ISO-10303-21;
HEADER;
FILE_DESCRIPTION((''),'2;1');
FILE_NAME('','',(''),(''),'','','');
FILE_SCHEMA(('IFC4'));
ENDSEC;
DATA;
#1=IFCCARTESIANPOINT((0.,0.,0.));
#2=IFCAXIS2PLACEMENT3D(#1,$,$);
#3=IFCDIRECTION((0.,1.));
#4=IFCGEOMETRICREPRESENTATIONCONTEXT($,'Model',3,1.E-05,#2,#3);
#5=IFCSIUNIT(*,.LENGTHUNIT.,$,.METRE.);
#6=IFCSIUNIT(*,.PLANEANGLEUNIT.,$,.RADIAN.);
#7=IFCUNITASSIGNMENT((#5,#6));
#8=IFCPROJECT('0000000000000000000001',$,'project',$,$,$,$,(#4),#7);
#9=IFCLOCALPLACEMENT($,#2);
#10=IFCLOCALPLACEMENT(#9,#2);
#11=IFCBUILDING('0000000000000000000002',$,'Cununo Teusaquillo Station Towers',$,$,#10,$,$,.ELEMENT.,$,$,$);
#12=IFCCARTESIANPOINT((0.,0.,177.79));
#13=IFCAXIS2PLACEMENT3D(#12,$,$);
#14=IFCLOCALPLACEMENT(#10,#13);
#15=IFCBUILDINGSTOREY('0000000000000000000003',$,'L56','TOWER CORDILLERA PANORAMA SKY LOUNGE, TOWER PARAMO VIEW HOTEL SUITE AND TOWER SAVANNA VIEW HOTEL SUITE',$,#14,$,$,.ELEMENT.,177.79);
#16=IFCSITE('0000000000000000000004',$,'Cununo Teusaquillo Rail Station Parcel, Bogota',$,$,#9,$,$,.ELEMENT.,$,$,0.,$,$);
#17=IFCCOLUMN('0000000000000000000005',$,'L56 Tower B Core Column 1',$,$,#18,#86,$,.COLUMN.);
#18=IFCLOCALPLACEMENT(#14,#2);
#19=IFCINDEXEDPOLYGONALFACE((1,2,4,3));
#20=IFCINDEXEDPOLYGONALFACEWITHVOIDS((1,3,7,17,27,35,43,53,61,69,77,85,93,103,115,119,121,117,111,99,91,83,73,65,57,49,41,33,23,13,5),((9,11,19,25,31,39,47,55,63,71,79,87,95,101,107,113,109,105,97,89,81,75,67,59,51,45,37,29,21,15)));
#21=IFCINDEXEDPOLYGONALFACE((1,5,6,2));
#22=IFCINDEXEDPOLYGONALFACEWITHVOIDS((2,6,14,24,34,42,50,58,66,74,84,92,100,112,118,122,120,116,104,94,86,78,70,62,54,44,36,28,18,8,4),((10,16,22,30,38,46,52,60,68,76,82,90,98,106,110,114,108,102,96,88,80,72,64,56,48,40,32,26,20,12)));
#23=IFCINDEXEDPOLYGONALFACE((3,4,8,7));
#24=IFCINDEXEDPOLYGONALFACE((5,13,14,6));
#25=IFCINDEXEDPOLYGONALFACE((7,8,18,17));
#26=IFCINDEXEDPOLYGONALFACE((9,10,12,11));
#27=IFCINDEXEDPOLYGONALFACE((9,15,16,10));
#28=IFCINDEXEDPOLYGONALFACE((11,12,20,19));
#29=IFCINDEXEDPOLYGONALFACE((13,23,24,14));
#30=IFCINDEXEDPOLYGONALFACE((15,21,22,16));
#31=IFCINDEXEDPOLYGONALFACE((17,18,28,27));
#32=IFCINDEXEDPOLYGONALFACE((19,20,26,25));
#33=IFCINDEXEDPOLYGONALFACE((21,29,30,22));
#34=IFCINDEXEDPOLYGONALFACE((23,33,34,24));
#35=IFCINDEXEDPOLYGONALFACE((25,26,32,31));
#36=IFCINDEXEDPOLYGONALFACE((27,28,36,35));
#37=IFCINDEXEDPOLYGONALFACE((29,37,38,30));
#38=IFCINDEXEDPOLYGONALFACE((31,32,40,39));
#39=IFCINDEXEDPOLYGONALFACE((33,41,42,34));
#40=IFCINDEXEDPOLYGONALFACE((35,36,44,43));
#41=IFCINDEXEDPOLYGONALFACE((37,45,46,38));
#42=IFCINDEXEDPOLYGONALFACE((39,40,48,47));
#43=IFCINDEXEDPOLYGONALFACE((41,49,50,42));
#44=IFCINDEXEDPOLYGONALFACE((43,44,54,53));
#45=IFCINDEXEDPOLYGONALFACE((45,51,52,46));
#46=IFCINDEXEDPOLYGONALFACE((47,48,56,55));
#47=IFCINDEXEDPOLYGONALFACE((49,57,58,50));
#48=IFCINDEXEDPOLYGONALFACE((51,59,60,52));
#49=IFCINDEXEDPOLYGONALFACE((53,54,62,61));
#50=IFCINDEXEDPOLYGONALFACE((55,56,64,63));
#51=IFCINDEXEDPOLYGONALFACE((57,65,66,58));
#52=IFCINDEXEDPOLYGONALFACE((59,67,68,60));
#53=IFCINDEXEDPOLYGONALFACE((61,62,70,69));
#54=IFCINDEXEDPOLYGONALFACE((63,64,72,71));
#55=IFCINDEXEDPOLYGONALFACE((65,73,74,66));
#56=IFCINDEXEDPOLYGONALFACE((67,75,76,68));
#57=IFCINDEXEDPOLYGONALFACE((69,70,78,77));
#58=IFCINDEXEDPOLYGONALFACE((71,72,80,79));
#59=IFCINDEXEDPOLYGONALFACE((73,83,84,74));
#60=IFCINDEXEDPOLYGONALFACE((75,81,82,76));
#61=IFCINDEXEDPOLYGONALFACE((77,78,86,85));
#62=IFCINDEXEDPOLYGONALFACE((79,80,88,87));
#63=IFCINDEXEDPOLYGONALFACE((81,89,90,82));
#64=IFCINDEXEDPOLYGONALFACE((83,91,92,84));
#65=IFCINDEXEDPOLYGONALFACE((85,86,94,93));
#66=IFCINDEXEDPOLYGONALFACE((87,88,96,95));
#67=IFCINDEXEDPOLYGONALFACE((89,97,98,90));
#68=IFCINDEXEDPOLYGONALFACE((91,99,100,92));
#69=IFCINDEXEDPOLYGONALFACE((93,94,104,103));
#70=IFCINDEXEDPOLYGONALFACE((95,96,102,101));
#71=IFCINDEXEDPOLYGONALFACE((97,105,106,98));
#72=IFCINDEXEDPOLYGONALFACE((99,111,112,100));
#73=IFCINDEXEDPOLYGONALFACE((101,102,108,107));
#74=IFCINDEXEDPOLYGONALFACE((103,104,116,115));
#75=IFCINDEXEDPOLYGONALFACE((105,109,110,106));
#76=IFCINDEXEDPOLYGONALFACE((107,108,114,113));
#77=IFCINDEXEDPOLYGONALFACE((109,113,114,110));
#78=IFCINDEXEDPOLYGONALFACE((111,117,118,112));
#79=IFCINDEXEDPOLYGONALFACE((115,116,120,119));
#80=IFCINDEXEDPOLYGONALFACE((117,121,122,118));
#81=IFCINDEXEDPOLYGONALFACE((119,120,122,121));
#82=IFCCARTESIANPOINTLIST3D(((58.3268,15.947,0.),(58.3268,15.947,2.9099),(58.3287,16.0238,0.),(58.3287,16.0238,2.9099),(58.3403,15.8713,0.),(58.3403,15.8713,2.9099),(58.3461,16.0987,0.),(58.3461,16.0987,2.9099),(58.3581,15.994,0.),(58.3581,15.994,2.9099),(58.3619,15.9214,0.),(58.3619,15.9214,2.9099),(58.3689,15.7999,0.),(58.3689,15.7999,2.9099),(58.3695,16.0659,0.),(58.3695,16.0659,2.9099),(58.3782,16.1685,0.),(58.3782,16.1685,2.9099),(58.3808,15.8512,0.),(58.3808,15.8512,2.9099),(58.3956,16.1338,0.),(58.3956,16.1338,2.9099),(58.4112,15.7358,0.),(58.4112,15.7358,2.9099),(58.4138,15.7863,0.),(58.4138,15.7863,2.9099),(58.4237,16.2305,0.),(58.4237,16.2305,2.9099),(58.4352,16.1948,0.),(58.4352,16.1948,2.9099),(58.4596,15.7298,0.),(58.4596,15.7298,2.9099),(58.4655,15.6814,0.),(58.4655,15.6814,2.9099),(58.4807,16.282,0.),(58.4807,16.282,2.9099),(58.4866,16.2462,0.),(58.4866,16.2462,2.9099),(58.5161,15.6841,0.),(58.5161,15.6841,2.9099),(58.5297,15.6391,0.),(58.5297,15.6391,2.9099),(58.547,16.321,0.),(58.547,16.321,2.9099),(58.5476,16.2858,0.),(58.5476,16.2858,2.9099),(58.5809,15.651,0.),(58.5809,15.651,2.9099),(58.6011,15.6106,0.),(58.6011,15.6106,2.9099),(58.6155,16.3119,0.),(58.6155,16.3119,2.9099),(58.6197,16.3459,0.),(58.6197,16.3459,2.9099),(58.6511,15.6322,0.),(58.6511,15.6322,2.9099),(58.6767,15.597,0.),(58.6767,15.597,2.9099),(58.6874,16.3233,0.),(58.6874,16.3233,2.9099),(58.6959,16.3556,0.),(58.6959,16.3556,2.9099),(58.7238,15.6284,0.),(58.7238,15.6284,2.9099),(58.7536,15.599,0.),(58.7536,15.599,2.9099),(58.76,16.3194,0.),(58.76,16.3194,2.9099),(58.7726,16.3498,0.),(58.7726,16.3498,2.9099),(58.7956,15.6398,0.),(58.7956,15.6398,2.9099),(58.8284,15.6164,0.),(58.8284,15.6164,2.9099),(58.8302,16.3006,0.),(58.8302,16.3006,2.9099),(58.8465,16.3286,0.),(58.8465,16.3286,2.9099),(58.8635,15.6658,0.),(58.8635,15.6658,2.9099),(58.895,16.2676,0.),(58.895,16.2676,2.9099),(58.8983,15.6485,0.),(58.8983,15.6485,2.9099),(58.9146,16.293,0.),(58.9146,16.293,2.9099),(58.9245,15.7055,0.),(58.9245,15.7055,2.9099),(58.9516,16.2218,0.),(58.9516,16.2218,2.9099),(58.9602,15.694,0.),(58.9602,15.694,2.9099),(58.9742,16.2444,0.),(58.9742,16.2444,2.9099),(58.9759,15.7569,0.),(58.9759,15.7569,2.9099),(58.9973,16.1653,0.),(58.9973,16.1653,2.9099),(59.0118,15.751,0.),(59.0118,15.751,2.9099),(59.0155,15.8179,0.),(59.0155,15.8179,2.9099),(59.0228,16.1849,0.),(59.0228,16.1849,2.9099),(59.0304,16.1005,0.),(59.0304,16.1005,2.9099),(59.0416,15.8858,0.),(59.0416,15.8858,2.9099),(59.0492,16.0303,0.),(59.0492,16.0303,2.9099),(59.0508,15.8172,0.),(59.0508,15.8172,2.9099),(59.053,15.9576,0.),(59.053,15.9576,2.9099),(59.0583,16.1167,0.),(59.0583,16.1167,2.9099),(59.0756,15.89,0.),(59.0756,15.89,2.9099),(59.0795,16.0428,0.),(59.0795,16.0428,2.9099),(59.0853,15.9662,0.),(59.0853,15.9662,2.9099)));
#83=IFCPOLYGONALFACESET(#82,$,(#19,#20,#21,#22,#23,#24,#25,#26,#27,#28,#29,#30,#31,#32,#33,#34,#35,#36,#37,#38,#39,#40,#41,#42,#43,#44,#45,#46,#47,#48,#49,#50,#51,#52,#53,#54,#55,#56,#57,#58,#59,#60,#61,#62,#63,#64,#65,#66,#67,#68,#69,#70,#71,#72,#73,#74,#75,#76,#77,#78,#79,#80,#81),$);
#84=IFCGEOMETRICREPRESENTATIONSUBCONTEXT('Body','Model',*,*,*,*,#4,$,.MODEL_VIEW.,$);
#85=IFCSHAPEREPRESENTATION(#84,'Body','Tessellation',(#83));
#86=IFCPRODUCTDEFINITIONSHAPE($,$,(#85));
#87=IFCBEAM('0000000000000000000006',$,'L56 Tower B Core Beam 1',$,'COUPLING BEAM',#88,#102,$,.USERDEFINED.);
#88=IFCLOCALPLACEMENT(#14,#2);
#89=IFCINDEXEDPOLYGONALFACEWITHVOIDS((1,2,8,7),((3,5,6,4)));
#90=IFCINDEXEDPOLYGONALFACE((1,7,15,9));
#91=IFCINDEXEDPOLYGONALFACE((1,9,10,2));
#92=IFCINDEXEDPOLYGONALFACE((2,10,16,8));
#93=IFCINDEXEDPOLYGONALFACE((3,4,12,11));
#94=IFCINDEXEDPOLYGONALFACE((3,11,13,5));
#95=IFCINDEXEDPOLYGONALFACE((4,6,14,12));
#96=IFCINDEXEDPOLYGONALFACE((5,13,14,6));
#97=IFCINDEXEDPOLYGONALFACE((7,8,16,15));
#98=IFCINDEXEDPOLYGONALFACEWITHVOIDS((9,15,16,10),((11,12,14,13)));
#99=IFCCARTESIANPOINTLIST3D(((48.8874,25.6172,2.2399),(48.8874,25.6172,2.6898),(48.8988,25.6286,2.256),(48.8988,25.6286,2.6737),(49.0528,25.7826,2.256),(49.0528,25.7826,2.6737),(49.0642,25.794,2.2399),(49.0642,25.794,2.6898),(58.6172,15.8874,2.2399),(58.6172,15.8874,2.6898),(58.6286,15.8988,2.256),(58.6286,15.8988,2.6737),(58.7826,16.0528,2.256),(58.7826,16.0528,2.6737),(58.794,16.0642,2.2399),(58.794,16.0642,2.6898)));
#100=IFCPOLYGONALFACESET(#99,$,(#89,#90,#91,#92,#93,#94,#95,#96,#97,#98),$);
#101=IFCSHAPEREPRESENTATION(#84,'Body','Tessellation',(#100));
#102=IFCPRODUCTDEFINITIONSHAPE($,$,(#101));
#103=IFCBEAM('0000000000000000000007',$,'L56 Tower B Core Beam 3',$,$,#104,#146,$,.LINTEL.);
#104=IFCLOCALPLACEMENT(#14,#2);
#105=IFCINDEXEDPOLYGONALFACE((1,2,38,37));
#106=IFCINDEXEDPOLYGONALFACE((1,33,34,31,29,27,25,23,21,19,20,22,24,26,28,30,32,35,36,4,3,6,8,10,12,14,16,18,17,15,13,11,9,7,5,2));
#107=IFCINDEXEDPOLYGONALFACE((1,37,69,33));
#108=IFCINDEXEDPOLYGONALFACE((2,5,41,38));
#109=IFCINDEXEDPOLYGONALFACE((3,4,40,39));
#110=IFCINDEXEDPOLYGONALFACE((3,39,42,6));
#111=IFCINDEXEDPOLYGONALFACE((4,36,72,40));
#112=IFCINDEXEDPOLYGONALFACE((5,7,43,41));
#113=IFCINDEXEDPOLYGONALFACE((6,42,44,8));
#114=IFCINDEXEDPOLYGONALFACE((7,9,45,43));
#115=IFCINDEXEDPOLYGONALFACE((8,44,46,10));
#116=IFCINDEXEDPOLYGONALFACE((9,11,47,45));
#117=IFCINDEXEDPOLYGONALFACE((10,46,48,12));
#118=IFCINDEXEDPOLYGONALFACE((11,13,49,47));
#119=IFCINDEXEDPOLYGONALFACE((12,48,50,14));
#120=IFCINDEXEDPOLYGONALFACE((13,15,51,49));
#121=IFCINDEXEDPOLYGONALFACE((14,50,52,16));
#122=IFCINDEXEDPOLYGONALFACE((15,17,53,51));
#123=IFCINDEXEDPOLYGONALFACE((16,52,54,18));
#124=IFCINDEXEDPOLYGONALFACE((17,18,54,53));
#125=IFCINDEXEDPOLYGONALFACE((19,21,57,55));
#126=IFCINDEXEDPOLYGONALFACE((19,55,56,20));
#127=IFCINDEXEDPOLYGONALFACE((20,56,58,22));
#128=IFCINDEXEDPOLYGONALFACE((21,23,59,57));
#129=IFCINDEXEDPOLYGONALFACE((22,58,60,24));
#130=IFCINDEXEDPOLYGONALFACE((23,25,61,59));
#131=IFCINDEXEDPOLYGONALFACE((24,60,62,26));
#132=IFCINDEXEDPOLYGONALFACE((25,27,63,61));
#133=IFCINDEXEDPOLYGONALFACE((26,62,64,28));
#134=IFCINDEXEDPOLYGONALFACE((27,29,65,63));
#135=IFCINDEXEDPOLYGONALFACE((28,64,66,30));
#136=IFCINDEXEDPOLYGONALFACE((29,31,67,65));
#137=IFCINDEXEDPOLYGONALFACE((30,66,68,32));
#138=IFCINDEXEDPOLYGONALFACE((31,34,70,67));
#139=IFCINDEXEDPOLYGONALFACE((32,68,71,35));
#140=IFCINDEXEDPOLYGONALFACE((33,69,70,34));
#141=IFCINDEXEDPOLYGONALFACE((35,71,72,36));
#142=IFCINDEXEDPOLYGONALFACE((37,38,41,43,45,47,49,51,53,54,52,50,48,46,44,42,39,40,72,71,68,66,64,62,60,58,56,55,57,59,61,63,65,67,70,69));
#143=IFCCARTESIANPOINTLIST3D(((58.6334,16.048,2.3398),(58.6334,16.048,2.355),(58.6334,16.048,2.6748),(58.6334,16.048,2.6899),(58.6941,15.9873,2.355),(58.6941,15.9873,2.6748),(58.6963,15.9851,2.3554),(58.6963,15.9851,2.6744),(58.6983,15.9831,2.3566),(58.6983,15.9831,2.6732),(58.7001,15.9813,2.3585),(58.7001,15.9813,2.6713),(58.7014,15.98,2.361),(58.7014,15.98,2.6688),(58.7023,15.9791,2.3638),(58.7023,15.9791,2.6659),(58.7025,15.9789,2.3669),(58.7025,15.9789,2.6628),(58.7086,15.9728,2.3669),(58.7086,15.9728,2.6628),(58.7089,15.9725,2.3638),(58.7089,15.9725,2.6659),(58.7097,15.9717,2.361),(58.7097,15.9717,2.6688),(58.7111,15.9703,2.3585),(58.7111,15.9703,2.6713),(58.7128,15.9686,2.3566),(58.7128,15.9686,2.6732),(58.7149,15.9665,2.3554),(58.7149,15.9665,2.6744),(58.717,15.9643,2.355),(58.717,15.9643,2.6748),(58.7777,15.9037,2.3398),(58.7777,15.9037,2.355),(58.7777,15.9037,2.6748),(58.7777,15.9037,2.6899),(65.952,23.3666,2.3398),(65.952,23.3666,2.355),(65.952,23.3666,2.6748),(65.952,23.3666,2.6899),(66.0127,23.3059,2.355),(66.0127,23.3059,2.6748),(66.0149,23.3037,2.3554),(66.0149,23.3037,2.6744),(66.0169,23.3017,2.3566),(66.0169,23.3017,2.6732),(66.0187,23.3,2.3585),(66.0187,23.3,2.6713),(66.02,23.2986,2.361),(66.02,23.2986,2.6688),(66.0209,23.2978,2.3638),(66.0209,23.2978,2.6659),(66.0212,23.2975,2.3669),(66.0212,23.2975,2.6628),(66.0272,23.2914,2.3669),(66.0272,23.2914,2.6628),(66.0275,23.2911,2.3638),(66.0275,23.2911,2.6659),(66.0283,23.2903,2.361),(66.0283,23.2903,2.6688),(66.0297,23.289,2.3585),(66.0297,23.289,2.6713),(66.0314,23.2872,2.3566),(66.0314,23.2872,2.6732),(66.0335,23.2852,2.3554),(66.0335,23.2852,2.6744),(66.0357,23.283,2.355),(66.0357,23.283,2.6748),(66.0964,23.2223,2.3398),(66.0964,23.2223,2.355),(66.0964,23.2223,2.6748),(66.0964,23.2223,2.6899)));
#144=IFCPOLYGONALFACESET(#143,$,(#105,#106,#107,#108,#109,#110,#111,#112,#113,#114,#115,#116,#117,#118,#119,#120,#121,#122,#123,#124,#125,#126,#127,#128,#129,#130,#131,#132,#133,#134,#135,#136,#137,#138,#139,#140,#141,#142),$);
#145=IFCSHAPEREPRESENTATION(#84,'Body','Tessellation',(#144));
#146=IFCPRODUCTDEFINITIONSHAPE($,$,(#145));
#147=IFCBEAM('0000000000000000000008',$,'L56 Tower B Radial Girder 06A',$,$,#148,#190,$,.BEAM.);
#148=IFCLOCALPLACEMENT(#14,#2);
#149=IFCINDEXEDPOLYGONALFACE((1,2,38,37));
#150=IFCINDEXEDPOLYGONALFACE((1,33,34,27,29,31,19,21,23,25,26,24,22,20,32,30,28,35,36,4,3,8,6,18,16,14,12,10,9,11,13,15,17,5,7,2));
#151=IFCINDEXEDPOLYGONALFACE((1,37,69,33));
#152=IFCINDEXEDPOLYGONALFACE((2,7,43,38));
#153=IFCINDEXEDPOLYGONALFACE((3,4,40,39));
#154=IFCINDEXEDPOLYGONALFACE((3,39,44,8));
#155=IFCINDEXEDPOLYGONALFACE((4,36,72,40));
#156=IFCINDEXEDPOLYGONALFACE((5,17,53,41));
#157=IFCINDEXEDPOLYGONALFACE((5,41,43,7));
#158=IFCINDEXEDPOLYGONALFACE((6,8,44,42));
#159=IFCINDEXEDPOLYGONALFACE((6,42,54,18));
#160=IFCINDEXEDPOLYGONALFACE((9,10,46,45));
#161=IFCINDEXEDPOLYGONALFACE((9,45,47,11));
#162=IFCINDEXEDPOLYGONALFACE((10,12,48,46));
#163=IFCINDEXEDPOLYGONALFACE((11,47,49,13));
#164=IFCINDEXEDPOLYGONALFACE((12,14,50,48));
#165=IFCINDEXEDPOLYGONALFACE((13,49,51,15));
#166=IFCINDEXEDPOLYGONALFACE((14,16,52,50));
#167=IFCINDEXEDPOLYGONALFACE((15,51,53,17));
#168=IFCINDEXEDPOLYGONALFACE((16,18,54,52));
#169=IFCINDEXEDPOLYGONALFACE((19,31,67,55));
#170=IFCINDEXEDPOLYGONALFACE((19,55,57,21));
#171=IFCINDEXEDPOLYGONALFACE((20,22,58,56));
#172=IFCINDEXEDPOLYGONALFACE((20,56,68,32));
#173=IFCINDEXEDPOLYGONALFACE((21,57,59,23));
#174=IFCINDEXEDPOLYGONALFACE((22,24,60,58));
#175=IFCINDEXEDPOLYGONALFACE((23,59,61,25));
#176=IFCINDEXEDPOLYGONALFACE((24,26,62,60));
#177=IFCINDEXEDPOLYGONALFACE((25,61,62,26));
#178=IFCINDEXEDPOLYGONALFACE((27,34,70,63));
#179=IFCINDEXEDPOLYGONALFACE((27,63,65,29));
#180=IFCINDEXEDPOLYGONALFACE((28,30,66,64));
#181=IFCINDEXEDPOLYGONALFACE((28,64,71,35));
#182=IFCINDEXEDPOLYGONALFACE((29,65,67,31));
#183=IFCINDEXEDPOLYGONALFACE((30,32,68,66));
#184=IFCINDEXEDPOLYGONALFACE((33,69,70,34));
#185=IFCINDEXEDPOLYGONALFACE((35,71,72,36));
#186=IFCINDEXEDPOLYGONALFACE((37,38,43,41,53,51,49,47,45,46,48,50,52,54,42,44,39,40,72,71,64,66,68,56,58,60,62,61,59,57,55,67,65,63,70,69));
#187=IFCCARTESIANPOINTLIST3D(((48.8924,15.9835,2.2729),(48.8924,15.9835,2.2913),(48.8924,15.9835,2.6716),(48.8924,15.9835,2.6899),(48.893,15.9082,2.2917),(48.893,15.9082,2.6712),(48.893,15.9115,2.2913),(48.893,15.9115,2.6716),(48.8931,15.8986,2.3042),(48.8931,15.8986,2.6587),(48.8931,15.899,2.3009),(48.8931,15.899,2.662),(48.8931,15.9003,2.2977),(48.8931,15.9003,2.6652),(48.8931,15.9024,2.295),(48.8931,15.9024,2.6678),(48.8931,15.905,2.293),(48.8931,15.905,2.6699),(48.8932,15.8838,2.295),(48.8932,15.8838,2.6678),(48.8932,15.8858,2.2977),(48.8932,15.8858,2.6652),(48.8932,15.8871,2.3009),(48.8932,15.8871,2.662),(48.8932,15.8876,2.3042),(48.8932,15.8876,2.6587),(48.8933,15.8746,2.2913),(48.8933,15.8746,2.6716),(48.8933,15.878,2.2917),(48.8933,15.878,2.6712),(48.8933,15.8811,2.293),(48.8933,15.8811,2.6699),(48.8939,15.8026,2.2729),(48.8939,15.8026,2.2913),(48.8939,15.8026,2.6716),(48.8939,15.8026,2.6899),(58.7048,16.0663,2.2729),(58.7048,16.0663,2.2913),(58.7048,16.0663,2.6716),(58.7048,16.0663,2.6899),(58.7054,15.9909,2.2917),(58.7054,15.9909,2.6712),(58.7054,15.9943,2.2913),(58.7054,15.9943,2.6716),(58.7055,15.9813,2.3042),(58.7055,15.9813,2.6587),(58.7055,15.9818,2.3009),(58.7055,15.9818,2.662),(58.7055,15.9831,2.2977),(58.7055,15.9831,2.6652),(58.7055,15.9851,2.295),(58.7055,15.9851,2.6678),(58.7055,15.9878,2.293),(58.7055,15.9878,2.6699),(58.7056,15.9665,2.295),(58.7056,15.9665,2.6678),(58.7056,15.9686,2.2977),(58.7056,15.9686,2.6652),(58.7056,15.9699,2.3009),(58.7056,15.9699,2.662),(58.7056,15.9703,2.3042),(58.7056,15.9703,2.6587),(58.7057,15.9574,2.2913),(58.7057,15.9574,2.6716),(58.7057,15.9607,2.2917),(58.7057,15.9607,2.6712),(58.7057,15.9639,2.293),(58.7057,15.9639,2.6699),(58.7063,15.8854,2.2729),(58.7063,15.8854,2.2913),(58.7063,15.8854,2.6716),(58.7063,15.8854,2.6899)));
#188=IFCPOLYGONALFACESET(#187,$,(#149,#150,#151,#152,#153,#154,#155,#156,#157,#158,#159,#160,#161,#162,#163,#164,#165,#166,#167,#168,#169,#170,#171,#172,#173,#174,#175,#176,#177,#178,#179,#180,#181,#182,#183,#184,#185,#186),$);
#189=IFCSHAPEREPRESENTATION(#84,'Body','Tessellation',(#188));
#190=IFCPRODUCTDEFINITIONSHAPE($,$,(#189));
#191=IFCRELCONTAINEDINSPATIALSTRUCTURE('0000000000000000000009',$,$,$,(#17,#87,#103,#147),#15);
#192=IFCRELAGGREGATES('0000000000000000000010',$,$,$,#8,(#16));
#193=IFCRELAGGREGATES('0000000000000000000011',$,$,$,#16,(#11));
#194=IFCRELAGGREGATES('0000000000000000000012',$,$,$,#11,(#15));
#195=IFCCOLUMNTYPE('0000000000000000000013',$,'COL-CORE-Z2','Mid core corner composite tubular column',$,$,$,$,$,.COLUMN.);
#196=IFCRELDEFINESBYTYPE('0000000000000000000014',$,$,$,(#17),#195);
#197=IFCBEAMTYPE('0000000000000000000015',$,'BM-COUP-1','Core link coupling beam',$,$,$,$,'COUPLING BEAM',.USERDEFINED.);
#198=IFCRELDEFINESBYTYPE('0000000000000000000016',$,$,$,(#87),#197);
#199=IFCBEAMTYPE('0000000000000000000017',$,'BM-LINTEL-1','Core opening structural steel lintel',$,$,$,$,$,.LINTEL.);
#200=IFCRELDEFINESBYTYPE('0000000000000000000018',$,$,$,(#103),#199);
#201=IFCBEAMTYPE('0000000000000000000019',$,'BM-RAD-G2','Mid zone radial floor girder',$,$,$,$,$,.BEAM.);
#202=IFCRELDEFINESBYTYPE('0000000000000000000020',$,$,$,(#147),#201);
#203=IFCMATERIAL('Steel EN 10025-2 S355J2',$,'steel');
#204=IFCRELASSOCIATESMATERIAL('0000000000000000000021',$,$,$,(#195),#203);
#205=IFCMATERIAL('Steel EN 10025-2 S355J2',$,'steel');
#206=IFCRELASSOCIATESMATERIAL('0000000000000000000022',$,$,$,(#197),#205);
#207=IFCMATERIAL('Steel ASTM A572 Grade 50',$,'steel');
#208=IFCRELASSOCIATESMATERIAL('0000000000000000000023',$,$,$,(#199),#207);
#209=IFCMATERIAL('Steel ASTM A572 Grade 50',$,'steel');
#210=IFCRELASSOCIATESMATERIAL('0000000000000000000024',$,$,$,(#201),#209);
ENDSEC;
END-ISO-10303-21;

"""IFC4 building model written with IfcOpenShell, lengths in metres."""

from ifc_helpers import new_model, si_unit, direction, frame, origin, origin_2d, place, context, subcontext, project, spatial, hollow_rectangle, hollow_circle, i_section, extrude, material, material_profile, profile_set, type_object, element, save


model = new_model("IFC4")

# Units and contexts
model_context = context("Model", 3, precision=1e-05, world=origin(), true_north=direction((0.0, 1.0)))
body_context = subcontext(model_context, "Body", "Model", "MODEL_VIEW")
ifc_project = project(units=[si_unit("LENGTHUNIT", "METRE"), si_unit("PLANEANGLEUNIT", "RADIAN")], contexts=[model_context])

# Site, building, storey
site_placement = place(None, origin())
site = spatial("IfcSite", under=ifc_project, at=site_placement, Name="Cununo Teusaquillo Rail Station Parcel, Bogota", CompositionType="ELEMENT", RefElevation=0.0)
building_placement = place(site_placement, origin())
building = spatial("IfcBuilding", under=site, at=building_placement, Name="Cununo Teusaquillo Station Towers", CompositionType="ELEMENT")
storey_placement = place(building_placement, frame((0.0, 0.0, 177.79)))
storey = spatial("IfcBuildingStorey", under=building, at=storey_placement, Name="L56", Description="TOWER CORDILLERA PANORAMA SKY LOUNGE, TOWER PARAMO VIEW HOTEL SUITE AND TOWER SAVANNA VIEW HOTEL SUITE", CompositionType="ELEMENT", Elevation=177.79)

# Column
ifc_material_1 = material(Name="Steel EN 10025-2 S355J2", Category="steel")
ifc_material_profile_1 = material_profile(ifc_material_1, hollow_circle(Radius=0.3799, WallThickness=0.032, at=origin_2d()), Name="CHS 760x32")
ifc_profile_set_1 = profile_set([ifc_material_profile_1], Name="Steel EN 10025-2 S355J2")
column_type = type_object("IfcColumnType", Name="COL-CORE-Z2", Description="Mid core corner composite tubular column", PredefinedType="COLUMN", material=ifc_profile_set_1)
column_placement = place(storey_placement, frame((58.7056, 15.9758, 0.0), z_axis=(0.0, 0.0, 1.0), x_axis=(0.707107, 0.707107, 0.0)))
element("IfcColumn", 1, at=column_placement, inside=storey, type_object=column_type, Name="L56 Tower B Core Column 1", PredefinedType="COLUMN", context=body_context, shape_type="SweptSolid", body=[
    extrude(hollow_circle(Radius=0.3799, WallThickness=0.032, at=origin_2d()), origin(), (0.0, 0.0, 1.0), 2.9099),
])

# Beams
ifc_material_2 = material(Name="Steel EN 10025-2 S355J2", Category="steel")
ifc_material_profile_2 = material_profile(ifc_material_2, hollow_rectangle(XDim=0.25, YDim=0.45, WallThickness=0.0161, at=origin_2d()), Name="RHS 450x250x16")
ifc_profile_set_2 = profile_set([ifc_material_profile_2], Name="Steel EN 10025-2 S355J2")
beam_type_1 = type_object("IfcBeamType", Name="BM-COUP-1", Description="Core link coupling beam", ElementType="COUPLING BEAM", PredefinedType="USERDEFINED", material=ifc_profile_set_2)
beam_1_placement = place(storey_placement, frame((58.7056, 15.9758, 2.4648), z_axis=(-0.707107, 0.707107, 0.0), x_axis=(-0.707107, -0.707107, 0.0)))
element("IfcBeam", 2, at=beam_1_placement, inside=storey, type_object=beam_type_1, Name="L56 Tower B Core Beam 1", ObjectType="COUPLING BEAM", PredefinedType="USERDEFINED", context=body_context, shape_type="SweptSolid", body=[
    extrude(hollow_rectangle(XDim=0.25, YDim=0.45, WallThickness=0.0161, at=origin_2d()), origin(), (0.0, 0.0, 1.0), 13.76),
])
ifc_material_3 = material(Name="Steel ASTM A572 Grade 50", Category="steel")
ifc_material_profile_3 = material_profile(ifc_material_3, i_section(OverallWidth=0.2041, OverallDepth=0.3501, WebThickness=0.0085, FlangeThickness=0.0151, FilletRadius=0.012, at=origin_2d()), Name="W14X48")
ifc_profile_set_3 = profile_set([ifc_material_profile_3], Name="Steel ASTM A572 Grade 50")
beam_type_2 = type_object("IfcBeamType", Name="BM-LINTEL-1", Description="Core opening structural steel lintel", PredefinedType="LINTEL", material=ifc_profile_set_3)
beam_2_placement = place(storey_placement, frame((58.7056, 15.9758, 2.5149), z_axis=(0.707107, 0.707107, 0.0), x_axis=(-0.707107, 0.707107, 0.0)))
element("IfcBeam", 3, at=beam_2_placement, inside=storey, type_object=beam_type_2, Name="L56 Tower B Core Beam 3", PredefinedType="LINTEL", context=body_context, shape_type="SweptSolid", body=[
    extrude(i_section(OverallWidth=0.2041, OverallDepth=0.3501, WebThickness=0.0085, FlangeThickness=0.0151, FilletRadius=0.012, at=origin_2d()), origin(), (0.0, 0.0, 1.0), 10.3501),
])
ifc_material_4 = material(Name="Steel ASTM A572 Grade 50", Category="steel")
ifc_material_profile_4 = material_profile(ifc_material_4, i_section(OverallWidth=0.1809, OverallDepth=0.417, WebThickness=0.011, FlangeThickness=0.0183, FilletRadius=0.0129, at=origin_2d()), Name="W16X57")
ifc_profile_set_4 = profile_set([ifc_material_profile_4], Name="Steel ASTM A572 Grade 50")
beam_type_3 = type_object("IfcBeamType", Name="BM-RAD-G2", Description="Mid zone radial floor girder", PredefinedType="BEAM", material=ifc_profile_set_4)
beam_3_placement = place(storey_placement, frame((58.7056, 15.9758, 2.4814), z_axis=(-0.999964, -0.008434, 0.0), x_axis=(0.008434, -0.999964, 0.0)))
element("IfcBeam", 4, at=beam_3_placement, inside=storey, type_object=beam_type_3, Name="L56 Tower B Radial Girder 06A", PredefinedType="BEAM", context=body_context, shape_type="SweptSolid", body=[
    extrude(i_section(OverallWidth=0.1809, OverallDepth=0.417, WebThickness=0.011, FlangeThickness=0.0183, FilletRadius=0.0129, at=origin_2d()), origin(), (0.0, 0.0, 1.0), 9.8127),
])

save(model, "model.ifc")
